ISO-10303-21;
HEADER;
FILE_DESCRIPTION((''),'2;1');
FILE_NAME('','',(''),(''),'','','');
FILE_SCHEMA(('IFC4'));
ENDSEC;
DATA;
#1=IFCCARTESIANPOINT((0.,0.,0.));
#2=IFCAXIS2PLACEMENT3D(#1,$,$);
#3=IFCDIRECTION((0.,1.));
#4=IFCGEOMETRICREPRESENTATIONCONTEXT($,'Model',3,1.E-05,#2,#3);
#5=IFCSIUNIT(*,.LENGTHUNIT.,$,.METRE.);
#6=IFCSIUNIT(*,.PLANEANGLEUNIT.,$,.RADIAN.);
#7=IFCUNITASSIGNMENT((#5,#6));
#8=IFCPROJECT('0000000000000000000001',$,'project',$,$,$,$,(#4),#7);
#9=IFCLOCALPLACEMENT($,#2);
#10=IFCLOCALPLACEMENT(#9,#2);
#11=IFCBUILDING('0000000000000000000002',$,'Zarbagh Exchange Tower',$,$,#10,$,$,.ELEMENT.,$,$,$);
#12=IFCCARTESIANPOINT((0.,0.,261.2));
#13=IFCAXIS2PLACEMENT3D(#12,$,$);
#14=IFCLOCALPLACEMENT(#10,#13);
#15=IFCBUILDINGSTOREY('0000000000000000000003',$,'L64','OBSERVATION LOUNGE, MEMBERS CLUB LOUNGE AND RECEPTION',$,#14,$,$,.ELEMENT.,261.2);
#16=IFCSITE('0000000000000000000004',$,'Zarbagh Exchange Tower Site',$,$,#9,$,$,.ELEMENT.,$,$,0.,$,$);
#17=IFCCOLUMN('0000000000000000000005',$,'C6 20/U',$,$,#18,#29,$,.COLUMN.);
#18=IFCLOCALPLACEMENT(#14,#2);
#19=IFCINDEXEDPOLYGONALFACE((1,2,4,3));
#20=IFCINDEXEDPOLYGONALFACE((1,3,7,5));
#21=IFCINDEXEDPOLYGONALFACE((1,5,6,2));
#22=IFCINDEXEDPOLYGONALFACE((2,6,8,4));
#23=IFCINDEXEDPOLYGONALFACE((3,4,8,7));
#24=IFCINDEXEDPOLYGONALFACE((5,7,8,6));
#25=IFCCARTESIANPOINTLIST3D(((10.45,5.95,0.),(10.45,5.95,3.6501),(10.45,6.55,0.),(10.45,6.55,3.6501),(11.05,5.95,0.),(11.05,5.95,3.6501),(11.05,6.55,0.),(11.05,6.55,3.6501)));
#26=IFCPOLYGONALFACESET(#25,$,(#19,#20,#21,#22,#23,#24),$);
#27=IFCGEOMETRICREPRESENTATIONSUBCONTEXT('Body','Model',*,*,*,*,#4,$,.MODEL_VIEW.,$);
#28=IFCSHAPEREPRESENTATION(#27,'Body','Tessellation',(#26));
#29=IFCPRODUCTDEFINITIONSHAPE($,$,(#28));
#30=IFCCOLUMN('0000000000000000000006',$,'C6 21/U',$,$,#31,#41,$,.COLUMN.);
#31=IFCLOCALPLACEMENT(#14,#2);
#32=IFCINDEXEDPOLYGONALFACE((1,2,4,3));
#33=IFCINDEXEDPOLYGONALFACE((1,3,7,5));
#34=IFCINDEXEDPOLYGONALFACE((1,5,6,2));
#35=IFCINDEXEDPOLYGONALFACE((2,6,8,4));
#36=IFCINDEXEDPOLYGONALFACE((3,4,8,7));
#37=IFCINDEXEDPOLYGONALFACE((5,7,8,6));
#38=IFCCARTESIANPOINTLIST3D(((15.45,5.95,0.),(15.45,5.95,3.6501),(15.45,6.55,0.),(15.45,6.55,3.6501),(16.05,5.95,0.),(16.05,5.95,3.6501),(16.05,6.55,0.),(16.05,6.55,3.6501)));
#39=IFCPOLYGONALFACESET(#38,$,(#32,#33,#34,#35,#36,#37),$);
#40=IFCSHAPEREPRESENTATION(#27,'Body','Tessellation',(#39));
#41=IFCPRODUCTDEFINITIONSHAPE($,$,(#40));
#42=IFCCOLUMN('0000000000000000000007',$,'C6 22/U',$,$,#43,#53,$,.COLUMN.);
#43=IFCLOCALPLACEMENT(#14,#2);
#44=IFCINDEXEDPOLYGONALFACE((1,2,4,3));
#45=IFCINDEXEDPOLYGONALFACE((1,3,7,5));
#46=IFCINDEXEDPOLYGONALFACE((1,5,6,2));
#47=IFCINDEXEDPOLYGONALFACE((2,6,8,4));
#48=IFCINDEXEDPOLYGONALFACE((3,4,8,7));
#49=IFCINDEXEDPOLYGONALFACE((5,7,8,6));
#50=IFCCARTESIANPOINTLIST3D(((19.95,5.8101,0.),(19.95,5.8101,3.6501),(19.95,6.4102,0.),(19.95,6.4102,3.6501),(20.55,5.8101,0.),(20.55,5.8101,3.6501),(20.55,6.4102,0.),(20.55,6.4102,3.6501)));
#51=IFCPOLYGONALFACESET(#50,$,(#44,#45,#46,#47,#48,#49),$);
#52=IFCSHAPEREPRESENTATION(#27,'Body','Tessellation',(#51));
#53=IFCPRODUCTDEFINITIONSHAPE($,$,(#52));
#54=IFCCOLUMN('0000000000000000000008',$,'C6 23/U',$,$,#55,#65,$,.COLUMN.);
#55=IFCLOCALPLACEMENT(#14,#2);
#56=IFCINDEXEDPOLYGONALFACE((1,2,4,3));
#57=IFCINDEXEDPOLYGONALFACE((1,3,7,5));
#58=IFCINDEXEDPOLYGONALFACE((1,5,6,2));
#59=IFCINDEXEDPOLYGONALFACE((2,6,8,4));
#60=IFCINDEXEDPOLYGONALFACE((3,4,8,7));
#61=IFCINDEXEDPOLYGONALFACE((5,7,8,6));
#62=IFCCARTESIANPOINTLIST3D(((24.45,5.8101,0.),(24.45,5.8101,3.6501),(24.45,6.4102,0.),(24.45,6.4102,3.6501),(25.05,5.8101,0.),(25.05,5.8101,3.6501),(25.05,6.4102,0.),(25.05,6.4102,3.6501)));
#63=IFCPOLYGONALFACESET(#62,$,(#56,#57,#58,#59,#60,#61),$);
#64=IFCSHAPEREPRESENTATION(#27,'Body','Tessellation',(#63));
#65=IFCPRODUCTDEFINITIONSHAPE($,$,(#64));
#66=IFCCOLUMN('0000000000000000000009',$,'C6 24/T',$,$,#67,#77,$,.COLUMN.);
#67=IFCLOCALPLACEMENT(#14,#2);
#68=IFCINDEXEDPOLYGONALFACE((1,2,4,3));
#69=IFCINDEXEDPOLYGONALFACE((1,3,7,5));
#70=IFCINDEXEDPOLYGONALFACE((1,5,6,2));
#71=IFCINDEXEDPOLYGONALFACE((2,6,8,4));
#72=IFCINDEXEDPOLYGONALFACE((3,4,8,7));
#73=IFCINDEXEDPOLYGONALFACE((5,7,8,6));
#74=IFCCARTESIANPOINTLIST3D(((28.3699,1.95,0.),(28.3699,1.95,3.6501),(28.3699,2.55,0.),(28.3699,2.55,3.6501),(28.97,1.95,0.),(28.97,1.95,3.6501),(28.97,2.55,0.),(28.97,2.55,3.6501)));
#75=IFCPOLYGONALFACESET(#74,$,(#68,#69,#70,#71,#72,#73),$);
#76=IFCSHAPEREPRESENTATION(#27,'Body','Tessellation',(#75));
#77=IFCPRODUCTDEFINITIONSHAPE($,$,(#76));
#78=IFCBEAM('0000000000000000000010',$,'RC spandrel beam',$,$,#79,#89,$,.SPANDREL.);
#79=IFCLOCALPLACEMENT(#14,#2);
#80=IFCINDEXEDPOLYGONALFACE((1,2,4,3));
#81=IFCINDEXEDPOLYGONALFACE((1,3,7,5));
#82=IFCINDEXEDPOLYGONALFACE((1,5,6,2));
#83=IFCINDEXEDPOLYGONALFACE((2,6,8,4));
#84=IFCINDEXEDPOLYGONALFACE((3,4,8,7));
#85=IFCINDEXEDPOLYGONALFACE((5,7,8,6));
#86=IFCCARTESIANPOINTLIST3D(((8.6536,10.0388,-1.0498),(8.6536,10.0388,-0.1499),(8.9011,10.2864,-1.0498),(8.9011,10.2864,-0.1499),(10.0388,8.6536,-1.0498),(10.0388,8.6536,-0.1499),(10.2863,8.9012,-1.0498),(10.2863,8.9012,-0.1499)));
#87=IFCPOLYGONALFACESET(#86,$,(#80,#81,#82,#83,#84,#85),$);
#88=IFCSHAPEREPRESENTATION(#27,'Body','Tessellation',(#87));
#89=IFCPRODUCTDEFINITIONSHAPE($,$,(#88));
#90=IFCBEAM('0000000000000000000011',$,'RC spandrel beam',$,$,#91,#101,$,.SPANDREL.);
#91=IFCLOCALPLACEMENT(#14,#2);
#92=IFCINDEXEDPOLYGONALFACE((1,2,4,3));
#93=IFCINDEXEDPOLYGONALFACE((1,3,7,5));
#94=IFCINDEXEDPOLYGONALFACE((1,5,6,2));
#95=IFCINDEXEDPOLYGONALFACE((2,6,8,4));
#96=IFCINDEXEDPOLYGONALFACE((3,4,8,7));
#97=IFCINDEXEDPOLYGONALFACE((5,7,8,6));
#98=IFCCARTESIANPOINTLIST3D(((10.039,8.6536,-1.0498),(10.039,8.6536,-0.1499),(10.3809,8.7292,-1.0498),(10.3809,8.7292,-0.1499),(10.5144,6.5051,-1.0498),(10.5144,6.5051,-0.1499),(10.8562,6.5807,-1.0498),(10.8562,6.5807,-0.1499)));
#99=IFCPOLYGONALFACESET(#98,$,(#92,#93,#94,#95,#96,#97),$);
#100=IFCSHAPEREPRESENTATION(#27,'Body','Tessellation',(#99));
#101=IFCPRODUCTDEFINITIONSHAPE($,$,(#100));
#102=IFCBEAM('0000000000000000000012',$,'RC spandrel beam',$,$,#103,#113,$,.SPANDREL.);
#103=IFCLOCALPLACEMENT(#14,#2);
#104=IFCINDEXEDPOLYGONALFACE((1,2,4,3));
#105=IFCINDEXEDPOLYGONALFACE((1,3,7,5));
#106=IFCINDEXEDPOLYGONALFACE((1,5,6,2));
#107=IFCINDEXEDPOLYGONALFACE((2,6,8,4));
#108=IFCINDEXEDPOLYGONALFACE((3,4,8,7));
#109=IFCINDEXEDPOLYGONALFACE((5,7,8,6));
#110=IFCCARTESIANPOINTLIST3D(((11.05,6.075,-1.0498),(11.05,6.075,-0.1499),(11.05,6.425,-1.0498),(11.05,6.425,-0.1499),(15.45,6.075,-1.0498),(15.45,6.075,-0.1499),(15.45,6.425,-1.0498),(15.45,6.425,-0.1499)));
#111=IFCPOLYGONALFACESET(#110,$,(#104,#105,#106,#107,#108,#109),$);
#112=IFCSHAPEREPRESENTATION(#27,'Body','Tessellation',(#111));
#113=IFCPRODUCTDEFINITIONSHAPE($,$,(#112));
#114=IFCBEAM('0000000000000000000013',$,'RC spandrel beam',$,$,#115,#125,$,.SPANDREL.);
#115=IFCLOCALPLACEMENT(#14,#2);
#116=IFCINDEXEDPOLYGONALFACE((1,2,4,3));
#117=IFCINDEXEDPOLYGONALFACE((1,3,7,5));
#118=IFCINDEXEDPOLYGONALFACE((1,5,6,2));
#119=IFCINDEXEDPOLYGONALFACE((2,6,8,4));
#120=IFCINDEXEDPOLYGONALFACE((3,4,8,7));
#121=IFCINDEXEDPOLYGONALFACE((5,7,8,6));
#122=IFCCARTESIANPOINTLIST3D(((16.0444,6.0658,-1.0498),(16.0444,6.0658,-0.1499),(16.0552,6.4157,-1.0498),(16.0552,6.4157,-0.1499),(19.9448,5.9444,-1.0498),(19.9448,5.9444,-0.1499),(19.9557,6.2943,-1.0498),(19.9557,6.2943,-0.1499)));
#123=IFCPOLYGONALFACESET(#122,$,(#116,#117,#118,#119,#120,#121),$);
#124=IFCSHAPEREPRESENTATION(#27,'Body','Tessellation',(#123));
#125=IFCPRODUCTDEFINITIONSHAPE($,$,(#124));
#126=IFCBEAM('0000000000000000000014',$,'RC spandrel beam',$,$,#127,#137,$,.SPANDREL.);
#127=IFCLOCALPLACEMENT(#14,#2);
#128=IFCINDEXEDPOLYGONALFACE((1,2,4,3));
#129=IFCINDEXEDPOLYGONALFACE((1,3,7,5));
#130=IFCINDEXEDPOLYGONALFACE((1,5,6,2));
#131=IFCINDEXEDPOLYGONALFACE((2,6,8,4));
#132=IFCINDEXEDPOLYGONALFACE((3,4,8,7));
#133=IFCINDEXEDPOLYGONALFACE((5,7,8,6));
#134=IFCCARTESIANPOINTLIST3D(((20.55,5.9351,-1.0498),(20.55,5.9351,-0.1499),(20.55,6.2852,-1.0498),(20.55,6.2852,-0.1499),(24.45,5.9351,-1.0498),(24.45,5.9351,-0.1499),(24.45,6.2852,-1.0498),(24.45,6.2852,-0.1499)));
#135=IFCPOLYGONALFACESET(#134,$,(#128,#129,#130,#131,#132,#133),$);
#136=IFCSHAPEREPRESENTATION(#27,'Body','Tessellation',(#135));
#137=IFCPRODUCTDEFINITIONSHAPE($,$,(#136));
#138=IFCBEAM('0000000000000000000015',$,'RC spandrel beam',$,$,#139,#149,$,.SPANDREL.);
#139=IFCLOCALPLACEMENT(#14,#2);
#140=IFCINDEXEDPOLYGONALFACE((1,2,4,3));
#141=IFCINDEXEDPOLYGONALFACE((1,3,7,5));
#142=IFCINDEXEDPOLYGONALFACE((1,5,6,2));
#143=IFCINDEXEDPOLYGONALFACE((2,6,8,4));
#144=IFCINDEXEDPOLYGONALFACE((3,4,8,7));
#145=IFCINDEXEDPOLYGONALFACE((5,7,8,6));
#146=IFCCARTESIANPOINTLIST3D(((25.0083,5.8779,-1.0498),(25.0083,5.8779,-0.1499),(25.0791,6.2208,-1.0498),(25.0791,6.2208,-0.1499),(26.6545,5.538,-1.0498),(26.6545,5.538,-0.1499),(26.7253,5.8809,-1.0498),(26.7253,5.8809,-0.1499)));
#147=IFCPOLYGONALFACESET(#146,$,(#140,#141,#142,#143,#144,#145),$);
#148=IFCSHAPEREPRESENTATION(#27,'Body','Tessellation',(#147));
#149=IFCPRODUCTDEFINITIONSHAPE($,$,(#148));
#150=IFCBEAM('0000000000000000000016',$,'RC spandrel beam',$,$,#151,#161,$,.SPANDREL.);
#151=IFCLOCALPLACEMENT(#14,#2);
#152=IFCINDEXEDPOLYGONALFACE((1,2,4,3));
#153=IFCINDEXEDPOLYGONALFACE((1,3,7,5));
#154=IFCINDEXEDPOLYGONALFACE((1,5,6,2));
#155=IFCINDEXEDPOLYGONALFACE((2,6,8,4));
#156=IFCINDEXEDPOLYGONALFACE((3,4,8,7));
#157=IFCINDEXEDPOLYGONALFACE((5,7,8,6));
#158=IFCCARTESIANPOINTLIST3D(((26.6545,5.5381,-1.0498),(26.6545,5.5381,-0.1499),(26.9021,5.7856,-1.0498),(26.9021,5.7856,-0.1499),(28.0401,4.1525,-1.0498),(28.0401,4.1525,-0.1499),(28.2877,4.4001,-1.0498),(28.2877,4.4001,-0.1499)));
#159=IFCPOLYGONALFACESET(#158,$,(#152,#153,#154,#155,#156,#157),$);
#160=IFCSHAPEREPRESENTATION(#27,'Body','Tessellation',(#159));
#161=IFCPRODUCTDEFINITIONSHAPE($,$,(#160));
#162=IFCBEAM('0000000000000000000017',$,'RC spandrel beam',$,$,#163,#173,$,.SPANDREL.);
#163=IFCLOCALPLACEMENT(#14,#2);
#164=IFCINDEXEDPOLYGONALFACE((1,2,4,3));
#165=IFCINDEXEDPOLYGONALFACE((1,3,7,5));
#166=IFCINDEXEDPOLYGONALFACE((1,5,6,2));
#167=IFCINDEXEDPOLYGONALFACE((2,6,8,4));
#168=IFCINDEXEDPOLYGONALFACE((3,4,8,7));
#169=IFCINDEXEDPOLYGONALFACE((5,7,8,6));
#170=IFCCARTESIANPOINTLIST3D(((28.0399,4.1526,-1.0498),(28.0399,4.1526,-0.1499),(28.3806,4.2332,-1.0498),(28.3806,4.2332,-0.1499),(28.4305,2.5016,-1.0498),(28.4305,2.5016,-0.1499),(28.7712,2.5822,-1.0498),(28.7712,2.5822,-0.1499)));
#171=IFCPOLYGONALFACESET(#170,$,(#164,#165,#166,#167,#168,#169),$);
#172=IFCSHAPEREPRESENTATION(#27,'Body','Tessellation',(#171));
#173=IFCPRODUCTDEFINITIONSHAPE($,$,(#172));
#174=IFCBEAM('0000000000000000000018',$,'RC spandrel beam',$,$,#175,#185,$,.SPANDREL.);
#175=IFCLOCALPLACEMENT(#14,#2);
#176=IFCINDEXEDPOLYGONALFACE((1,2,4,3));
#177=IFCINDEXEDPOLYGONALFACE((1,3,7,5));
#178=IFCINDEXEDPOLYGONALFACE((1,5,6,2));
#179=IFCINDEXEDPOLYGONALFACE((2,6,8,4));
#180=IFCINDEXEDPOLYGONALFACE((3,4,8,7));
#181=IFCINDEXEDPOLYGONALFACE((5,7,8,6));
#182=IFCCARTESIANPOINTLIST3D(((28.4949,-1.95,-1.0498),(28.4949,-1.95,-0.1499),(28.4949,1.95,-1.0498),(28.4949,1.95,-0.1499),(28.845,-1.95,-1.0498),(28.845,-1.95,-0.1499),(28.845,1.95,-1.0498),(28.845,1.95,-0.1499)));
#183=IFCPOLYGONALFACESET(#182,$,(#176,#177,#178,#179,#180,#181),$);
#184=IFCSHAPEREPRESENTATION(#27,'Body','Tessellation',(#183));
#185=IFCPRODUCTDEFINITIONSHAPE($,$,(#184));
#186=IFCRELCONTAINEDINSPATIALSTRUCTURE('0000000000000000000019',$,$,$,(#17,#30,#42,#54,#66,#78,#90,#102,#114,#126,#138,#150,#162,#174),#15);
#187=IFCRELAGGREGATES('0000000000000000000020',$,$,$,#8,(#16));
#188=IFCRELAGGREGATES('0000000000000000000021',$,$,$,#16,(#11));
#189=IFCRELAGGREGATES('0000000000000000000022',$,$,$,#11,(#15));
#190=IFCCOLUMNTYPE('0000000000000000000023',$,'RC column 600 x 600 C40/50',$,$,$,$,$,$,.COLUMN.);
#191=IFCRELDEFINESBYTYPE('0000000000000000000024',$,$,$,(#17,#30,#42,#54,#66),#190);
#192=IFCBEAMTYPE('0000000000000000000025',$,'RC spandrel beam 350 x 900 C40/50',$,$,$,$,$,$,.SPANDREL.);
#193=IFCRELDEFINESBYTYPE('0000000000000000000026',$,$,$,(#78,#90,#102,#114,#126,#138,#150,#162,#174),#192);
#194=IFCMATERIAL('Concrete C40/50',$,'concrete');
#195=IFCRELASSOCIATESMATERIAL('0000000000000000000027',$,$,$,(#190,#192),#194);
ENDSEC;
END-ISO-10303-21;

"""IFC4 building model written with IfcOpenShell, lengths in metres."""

from ifc_helpers import new_model, si_unit, direction, frame, origin, origin_2d, place, context, subcontext, project, spatial, rectangle, extrude, material, material_profile, profile_set, type_object, element, save


model = new_model("IFC4")

# Units and contexts
model_context = context("Model", 3, precision=1e-05, world=origin(), true_north=direction((0.0, 1.0)))
body_context = subcontext(model_context, "Body", "Model", "MODEL_VIEW")
ifc_project = project(units=[si_unit("LENGTHUNIT", "METRE"), si_unit("PLANEANGLEUNIT", "RADIAN")], contexts=[model_context])

# Site, building, storey
site_placement = place(None, origin())
site = spatial("IfcSite", under=ifc_project, at=site_placement, Name="Zarbagh Exchange Tower Site", CompositionType="ELEMENT", RefElevation=0.0)
building_placement = place(site_placement, origin())
building = spatial("IfcBuilding", under=site, at=building_placement, Name="Zarbagh Exchange Tower", CompositionType="ELEMENT")
storey_placement = place(building_placement, frame((0.0, 0.0, 261.2)))
storey = spatial("IfcBuildingStorey", under=building, at=storey_placement, Name="L64", Description="OBSERVATION LOUNGE, MEMBERS CLUB LOUNGE AND RECEPTION", CompositionType="ELEMENT", Elevation=261.2)

# Columns
ifc_material_1 = material(Name="Concrete C40/50", Category="concrete")
ifc_material_profile_1 = material_profile(ifc_material_1, rectangle(XDim=0.6001, YDim=0.6001, at=origin_2d()), Name="RC column 600 x 600 C40/50")
ifc_profile_set_1 = profile_set([ifc_material_profile_1], Name="Concrete C40/50")
column_type = type_object("IfcColumnType", Name="RC column 600 x 600 C40/50", PredefinedType="COLUMN", material=ifc_profile_set_1)
for number, where, z_axis, x_axis, name in (
    (1, (10.75, 6.25, 0.0), (0.0, 0.0, 1.0), (1.0, 0.0, 0.0), "C6 20/U"),
    (2, (15.75, 6.25, 0.0), (0.0, 0.0, 1.0), (1.0, 0.0, 0.0), "C6 21/U"),
    (3, (20.25, 6.1101, 0.0), (0.0, 0.0, 1.0), (1.0, 0.0, 0.0), "C6 22/U"),
    (4, (24.75, 6.1101, 0.0), (0.0, 0.0, 1.0), (1.0, 0.0, 0.0), "C6 23/U"),
    (5, (28.6699, 2.25, 0.0), (0.0, 0.0, 1.0), (1.0, 0.0, 0.0), "C6 24/T"),
):
    element("IfcColumn", number, at=place(storey_placement, frame(where, z_axis=z_axis, x_axis=x_axis)), inside=storey, type_object=column_type, Name=name, PredefinedType="COLUMN", context=body_context, shape_type="SweptSolid", body=[
        extrude(rectangle(XDim=0.6001, YDim=0.6001, at=origin_2d()), origin(), (0.0, 0.0, 1.0), 3.6501),
    ])

# Beams
ifc_material_profile_2 = material_profile(ifc_material_1, rectangle(XDim=0.3501, YDim=0.8999, at=origin_2d()), Name="RC spandrel beam 350 x 900 C40/50")
ifc_profile_set_2 = profile_set([ifc_material_profile_2], Name="Concrete C40/50")
beam_type = type_object("IfcBeamType", Name="RC spandrel beam 350 x 900 C40/50", PredefinedType="SPANDREL", material=ifc_profile_set_2)
beam_1_placement = place(storey_placement, frame((8.7773, 10.1626, -0.5999), z_axis=(0.707107, -0.707107, 0.0), x_axis=(0.707107, 0.707107, 0.0)))
element("IfcBeam", 6, at=beam_1_placement, inside=storey, type_object=beam_type, Name="RC spandrel beam", PredefinedType="SPANDREL", context=body_context, shape_type="SweptSolid", body=[
    extrude(rectangle(XDim=0.3501, YDim=0.8999, at=origin_2d()), origin(), (0.0, 0.0, 1.0), 1.959),
])
beam_2_placement = place(storey_placement, frame((10.21, 8.6914, -0.5999), z_axis=(0.216026, -0.976388, 0.0), x_axis=(0.976388, 0.216026, 0.0)))
element("IfcBeam", 7, at=beam_2_placement, inside=storey, type_object=beam_type, Name="RC spandrel beam", PredefinedType="SPANDREL", context=body_context, shape_type="SweptSolid", body=[
    extrude(rectangle(XDim=0.3501, YDim=0.8999, at=origin_2d()), origin(), (0.0, 0.0, 1.0), 2.2004),
])
beam_3_placement = place(storey_placement, frame((11.05, 6.25, -0.5999), z_axis=(1.0, 0.0, 0.0), x_axis=(0.0, 1.0, 0.0)))
element("IfcBeam", 8, at=beam_3_placement, inside=storey, type_object=beam_type, Name="RC spandrel beam", PredefinedType="SPANDREL", context=body_context, shape_type="SweptSolid", body=[
    extrude(rectangle(XDim=0.3501, YDim=0.8999, at=origin_2d()), origin(), (0.0, 0.0, 1.0), 4.3999),
])
beam_4_placement = place(storey_placement, frame((16.0498, 6.2407, -0.5999), z_axis=(0.999516, -0.031094, 0.0), x_axis=(0.031094, 0.999516, 0.0)))
element("IfcBeam", 9, at=beam_4_placement, inside=storey, type_object=beam_type, Name="RC spandrel beam", PredefinedType="SPANDREL", context=body_context, shape_type="SweptSolid", body=[
    extrude(rectangle(XDim=0.3501, YDim=0.8999, at=origin_2d()), origin(), (0.0, 0.0, 1.0), 3.9023),
])
beam_5_placement = place(storey_placement, frame((20.55, 6.1101, -0.5999), z_axis=(1.0, 0.0, 0.0), x_axis=(0.0, 1.0, 0.0)))
element("IfcBeam", 10, at=beam_5_placement, inside=storey, type_object=beam_type, Name="RC spandrel beam", PredefinedType="SPANDREL", context=body_context, shape_type="SweptSolid", body=[
    extrude(rectangle(XDim=0.3501, YDim=0.8999, at=origin_2d()), origin(), (0.0, 0.0, 1.0), 3.8999),
])
beam_6_placement = place(storey_placement, frame((25.0437, 6.0493, -0.5999), z_axis=(0.97935, -0.202173, 0.0), x_axis=(0.202173, 0.97935, 0.0)))
element("IfcBeam", 11, at=beam_6_placement, inside=storey, type_object=beam_type, Name="RC spandrel beam", PredefinedType="SPANDREL", context=body_context, shape_type="SweptSolid", body=[
    extrude(rectangle(XDim=0.3501, YDim=0.8999, at=origin_2d()), origin(), (0.0, 0.0, 1.0), 1.6809),
])
beam_7_placement = place(storey_placement, frame((26.7783, 5.6619, -0.5999), z_axis=(0.707107, -0.707107, 0.0), x_axis=(0.707107, 0.707107, 0.0)))
element("IfcBeam", 12, at=beam_7_placement, inside=storey, type_object=beam_type, Name="RC spandrel beam", PredefinedType="SPANDREL", context=body_context, shape_type="SweptSolid", body=[
    extrude(rectangle(XDim=0.3501, YDim=0.8999, at=origin_2d()), origin(), (0.0, 0.0, 1.0), 1.9595),
])
beam_8_placement = place(storey_placement, frame((28.2102, 4.1929, -0.5999), z_axis=(0.230258, -0.97313, 0.0), x_axis=(0.97313, 0.230258, 0.0)))
element("IfcBeam", 13, at=beam_8_placement, inside=storey, type_object=beam_type, Name="RC spandrel beam", PredefinedType="SPANDREL", context=body_context, shape_type="SweptSolid", body=[
    extrude(rectangle(XDim=0.3501, YDim=0.8999, at=origin_2d()), origin(), (0.0, 0.0, 1.0), 1.6965),
])
beam_9_placement = place(storey_placement, frame((28.6699, 1.95, -0.5999), z_axis=(0.0, -1.0, 0.0), x_axis=(1.0, 0.0, 0.0)))
element("IfcBeam", 14, at=beam_9_placement, inside=storey, type_object=beam_type, Name="RC spandrel beam", PredefinedType="SPANDREL", context=body_context, shape_type="SweptSolid", body=[
    extrude(rectangle(XDim=0.3501, YDim=0.8999, at=origin_2d()), origin(), (0.0, 0.0, 1.0), 3.8999),
])

save(model, "model.ifc")
